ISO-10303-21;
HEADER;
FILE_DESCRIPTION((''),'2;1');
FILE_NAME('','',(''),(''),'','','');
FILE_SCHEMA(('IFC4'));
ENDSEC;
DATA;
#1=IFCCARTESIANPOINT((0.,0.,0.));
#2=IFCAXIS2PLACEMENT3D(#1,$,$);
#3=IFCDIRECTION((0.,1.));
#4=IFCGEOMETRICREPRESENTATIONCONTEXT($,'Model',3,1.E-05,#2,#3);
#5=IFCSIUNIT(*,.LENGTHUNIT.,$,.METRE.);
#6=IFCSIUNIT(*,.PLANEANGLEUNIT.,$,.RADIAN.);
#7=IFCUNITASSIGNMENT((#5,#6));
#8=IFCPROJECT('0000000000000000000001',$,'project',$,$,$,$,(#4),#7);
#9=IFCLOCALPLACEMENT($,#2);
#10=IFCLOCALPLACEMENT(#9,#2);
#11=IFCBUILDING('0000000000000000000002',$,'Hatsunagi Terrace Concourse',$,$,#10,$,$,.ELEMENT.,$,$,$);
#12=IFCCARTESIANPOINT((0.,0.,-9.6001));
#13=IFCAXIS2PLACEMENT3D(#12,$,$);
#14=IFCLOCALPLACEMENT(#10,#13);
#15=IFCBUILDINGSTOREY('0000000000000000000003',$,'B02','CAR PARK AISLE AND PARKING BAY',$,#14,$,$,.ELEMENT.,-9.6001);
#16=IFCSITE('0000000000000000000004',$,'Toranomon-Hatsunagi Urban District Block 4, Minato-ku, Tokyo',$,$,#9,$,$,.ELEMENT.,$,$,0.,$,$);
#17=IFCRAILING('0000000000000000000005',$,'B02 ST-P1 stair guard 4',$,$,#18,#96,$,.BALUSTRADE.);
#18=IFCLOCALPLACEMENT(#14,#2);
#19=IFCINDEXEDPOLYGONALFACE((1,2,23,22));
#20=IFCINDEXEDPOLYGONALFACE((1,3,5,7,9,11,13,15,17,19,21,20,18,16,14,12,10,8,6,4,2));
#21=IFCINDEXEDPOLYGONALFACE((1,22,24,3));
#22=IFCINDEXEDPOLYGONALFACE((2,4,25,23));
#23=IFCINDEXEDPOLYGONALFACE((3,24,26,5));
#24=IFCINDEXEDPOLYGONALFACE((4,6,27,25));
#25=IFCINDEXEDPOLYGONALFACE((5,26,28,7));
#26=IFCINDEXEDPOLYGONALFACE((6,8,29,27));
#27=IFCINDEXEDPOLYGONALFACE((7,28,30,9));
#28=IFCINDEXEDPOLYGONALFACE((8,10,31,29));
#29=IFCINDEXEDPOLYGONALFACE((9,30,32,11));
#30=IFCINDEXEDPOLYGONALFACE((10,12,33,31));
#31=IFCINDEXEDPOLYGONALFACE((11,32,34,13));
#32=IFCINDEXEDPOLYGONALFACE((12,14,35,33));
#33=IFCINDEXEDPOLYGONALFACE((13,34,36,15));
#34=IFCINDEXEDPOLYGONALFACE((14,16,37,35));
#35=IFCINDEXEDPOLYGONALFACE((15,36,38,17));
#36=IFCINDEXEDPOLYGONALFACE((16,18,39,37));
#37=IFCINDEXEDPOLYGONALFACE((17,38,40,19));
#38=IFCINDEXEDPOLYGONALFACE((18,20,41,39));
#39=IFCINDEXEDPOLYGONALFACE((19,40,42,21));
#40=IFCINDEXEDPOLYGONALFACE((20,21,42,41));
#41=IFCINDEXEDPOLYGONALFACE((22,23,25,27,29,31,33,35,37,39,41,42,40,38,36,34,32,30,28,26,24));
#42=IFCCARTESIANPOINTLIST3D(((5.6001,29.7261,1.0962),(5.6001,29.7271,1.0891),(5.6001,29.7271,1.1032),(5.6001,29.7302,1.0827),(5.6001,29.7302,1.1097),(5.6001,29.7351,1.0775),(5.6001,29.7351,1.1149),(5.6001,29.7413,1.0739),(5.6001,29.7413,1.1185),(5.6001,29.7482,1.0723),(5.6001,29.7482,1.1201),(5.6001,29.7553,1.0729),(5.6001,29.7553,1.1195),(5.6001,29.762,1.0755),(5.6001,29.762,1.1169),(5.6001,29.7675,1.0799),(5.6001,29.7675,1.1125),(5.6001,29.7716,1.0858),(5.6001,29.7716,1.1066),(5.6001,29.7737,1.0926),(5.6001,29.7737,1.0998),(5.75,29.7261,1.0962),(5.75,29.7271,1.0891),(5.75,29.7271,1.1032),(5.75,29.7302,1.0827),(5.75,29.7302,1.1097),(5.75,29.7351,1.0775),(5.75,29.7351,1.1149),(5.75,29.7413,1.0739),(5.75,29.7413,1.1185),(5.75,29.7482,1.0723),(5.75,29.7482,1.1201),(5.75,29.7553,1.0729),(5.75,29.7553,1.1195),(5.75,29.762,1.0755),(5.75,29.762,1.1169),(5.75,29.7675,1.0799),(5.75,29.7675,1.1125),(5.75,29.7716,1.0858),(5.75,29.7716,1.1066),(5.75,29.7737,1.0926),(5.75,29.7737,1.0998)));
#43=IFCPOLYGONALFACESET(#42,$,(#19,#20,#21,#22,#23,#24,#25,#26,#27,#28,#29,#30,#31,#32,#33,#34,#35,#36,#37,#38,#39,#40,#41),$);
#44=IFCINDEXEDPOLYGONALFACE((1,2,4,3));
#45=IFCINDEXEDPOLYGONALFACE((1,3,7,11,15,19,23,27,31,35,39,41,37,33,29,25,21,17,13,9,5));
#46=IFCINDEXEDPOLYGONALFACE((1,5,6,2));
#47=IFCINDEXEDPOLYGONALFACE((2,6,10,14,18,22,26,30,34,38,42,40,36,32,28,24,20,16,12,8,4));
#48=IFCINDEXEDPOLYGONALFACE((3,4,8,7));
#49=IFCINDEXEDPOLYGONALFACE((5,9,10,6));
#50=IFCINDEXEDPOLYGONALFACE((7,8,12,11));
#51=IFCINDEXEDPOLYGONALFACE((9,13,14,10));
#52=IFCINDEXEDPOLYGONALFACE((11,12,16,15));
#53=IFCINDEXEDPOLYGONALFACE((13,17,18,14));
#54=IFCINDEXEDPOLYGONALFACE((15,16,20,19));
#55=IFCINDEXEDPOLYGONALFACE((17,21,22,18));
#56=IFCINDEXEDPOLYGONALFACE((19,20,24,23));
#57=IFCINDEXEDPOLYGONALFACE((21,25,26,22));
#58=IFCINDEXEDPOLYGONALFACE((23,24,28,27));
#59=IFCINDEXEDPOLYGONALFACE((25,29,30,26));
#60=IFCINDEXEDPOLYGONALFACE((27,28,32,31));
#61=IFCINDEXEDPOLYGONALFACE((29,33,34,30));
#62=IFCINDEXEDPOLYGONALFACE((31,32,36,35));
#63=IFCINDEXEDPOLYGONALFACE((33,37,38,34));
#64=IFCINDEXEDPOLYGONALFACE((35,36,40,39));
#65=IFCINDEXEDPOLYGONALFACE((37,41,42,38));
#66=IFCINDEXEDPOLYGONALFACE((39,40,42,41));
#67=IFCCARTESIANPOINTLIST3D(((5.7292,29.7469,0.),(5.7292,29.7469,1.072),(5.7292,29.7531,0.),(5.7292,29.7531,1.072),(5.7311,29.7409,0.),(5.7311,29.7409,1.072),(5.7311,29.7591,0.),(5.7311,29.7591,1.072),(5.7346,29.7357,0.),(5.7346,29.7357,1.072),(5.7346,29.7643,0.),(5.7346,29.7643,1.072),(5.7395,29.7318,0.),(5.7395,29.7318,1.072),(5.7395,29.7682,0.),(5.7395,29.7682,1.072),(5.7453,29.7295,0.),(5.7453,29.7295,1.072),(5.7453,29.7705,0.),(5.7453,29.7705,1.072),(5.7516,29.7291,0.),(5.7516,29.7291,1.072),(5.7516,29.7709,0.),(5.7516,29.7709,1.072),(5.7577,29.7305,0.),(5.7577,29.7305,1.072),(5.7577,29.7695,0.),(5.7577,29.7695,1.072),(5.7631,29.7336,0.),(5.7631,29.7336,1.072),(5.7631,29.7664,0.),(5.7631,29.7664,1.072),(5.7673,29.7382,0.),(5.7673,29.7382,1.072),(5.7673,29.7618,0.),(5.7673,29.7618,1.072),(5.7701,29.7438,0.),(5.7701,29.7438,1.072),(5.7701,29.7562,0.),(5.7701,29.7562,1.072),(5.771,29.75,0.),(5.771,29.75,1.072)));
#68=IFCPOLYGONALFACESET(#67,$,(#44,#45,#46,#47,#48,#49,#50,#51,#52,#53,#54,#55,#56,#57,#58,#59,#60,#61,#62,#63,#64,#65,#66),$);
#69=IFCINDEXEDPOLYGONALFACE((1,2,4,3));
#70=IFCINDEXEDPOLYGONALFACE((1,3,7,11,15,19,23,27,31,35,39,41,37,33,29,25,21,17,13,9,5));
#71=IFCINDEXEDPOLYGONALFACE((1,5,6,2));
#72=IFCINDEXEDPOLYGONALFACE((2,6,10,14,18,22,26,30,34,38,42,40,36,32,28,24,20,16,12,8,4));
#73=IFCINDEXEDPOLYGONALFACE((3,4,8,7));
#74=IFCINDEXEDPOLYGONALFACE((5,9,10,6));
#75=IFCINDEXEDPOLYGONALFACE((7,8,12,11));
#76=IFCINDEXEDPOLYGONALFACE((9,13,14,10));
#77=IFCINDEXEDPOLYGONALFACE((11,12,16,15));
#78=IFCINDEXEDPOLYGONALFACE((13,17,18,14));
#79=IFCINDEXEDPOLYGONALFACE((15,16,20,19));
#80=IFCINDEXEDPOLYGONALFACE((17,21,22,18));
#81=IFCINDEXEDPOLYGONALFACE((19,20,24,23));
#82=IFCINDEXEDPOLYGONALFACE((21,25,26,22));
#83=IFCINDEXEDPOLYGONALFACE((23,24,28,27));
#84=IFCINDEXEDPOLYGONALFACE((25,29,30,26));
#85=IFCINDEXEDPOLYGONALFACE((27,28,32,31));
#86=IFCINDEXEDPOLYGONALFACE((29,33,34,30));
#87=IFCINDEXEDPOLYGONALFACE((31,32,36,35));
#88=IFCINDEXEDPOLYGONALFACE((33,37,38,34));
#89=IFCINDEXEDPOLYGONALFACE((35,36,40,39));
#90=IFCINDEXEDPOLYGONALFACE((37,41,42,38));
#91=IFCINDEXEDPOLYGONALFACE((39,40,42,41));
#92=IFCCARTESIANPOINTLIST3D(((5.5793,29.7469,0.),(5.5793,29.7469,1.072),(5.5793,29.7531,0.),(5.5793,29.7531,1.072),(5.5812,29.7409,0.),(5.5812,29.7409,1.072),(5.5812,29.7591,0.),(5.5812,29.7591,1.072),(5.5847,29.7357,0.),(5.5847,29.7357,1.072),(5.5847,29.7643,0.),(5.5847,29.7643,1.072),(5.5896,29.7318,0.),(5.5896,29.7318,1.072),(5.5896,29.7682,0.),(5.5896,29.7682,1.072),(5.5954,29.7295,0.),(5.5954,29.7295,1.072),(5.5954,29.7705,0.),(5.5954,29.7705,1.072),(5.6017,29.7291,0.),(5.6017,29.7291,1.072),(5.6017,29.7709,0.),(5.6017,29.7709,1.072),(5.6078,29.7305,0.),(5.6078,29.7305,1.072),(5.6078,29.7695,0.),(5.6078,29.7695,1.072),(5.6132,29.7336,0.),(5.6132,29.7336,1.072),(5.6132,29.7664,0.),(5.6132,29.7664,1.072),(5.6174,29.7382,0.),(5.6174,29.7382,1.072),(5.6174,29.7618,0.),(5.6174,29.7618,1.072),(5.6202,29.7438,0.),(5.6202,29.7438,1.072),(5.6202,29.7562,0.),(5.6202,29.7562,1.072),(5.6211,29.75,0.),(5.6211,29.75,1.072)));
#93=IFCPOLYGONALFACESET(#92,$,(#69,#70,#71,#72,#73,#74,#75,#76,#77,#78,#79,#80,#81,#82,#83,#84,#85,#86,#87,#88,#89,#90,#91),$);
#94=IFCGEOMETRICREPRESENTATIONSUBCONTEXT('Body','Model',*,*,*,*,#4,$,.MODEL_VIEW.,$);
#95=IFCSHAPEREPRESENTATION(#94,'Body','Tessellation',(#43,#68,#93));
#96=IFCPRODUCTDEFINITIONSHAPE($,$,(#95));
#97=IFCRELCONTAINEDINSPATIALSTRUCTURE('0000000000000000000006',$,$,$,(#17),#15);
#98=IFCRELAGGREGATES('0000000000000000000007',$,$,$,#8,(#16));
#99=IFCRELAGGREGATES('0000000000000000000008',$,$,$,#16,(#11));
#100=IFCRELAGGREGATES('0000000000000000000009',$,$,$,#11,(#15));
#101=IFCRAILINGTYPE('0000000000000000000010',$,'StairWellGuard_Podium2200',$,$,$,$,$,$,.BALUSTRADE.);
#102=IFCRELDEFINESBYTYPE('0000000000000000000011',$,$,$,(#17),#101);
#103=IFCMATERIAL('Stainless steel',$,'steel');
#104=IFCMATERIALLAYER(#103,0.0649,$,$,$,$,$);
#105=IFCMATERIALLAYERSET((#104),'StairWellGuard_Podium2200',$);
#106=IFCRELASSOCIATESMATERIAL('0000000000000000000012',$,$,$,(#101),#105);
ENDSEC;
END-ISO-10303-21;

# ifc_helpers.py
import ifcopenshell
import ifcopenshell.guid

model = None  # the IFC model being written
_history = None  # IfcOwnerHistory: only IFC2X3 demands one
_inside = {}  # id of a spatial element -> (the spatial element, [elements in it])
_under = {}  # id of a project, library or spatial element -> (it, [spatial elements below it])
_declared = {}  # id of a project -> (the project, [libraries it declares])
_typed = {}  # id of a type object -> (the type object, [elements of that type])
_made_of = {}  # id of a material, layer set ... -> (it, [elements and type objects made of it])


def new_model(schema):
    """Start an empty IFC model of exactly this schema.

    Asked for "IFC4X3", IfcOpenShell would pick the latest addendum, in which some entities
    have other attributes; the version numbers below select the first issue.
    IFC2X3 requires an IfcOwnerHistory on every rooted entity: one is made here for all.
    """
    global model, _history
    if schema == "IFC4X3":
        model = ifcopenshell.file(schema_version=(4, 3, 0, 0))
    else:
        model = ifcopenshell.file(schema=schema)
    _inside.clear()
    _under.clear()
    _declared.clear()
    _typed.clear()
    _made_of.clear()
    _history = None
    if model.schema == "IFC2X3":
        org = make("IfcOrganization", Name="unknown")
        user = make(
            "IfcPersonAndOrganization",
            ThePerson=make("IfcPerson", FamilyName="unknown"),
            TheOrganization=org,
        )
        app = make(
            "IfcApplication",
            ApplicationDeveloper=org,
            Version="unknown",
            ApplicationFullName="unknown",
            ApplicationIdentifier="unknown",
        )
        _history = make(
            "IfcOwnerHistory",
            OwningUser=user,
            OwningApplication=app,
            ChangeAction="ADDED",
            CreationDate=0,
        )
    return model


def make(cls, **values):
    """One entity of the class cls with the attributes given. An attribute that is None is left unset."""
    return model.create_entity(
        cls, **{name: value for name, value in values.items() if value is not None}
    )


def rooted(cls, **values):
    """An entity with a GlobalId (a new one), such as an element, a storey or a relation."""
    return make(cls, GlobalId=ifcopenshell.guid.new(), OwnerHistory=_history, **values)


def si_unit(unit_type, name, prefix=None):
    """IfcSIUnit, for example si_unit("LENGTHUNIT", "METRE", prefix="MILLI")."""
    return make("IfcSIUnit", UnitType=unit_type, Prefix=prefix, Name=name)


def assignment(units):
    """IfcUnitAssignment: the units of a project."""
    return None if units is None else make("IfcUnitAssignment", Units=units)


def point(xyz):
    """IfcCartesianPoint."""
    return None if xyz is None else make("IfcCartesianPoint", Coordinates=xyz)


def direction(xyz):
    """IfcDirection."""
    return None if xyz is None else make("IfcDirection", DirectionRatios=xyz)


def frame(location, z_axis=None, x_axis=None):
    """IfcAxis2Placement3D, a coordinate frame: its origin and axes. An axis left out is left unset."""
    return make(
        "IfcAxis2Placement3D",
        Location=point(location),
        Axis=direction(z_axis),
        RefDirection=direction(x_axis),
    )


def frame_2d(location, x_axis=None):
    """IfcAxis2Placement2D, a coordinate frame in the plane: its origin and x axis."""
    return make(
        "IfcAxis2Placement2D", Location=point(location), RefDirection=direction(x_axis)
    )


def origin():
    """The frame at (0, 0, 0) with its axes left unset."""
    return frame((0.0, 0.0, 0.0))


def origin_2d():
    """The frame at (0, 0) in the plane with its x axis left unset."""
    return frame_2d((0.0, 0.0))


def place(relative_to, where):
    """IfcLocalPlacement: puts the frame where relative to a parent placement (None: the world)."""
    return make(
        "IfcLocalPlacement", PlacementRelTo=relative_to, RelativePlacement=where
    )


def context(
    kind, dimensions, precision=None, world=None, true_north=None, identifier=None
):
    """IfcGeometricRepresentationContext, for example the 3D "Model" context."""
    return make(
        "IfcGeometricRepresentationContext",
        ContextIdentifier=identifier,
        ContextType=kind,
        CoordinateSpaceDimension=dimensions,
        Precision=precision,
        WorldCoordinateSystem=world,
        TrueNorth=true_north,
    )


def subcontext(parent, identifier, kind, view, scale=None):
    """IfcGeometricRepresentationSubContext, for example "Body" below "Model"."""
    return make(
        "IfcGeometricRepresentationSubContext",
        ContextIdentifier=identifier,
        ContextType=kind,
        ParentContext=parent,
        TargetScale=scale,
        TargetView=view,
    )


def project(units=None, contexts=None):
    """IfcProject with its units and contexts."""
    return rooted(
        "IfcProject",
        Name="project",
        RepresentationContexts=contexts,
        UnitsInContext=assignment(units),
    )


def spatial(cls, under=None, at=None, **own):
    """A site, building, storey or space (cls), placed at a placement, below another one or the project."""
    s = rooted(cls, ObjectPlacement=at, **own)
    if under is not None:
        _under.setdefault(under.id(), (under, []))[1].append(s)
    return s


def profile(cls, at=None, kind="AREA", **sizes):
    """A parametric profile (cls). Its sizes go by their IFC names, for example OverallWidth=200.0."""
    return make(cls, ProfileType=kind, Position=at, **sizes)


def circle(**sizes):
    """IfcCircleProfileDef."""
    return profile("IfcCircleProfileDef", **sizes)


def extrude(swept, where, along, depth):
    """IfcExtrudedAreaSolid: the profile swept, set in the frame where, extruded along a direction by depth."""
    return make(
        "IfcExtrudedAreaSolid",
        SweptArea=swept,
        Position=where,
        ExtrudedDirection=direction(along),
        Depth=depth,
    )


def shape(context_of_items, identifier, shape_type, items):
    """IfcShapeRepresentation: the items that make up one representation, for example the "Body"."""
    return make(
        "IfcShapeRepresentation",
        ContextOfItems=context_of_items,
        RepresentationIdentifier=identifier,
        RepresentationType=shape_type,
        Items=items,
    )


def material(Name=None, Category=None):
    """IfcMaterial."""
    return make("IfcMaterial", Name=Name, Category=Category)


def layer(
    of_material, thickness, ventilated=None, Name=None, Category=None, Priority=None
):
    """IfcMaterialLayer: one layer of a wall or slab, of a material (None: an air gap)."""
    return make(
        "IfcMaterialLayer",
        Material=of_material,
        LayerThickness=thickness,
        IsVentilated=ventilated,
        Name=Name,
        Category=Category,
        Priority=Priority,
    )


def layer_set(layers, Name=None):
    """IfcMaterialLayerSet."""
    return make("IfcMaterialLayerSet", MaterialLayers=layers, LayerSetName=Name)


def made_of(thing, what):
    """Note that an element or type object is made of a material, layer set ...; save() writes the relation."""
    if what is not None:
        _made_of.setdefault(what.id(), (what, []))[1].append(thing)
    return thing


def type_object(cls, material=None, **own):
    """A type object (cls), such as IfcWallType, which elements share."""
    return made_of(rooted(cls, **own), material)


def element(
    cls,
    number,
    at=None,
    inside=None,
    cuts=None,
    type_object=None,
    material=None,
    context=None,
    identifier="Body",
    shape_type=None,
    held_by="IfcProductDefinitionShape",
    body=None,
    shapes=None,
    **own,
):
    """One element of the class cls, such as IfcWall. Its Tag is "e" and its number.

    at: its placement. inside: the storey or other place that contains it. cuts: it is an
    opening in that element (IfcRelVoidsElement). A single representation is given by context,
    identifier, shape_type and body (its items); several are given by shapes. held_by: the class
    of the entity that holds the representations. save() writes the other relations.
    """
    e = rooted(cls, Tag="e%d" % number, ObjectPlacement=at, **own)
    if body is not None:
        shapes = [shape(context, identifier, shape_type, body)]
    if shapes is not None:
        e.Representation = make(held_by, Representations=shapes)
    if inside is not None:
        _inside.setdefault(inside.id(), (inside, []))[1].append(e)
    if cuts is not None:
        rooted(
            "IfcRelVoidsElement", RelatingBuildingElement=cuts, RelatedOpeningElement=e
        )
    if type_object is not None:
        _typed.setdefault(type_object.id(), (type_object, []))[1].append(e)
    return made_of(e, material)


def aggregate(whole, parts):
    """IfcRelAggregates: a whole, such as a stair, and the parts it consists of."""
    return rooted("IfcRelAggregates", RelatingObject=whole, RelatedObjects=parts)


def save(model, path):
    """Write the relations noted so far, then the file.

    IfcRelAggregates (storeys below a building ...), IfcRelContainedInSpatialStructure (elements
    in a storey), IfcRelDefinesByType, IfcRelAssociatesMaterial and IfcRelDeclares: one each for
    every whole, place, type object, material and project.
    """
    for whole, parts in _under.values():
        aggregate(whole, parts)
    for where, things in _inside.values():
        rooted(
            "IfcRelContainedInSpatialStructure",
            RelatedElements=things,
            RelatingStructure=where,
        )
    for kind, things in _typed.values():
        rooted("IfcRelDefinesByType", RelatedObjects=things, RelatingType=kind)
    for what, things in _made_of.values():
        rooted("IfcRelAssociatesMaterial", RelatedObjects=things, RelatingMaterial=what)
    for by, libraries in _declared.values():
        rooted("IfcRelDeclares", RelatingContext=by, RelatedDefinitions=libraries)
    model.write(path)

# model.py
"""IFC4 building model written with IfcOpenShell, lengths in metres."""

from ifc_helpers import new_model, si_unit, direction, frame, origin, origin_2d, place, context, subcontext, project, spatial, circle, extrude, material, layer, layer_set, type_object, element, save


model = new_model("IFC4")

# Units and contexts
model_context = context("Model", 3, precision=1e-05, world=origin(), true_north=direction((0.0, 1.0)))
body_context = subcontext(model_context, "Body", "Model", "MODEL_VIEW")
ifc_project = project(units=[si_unit("LENGTHUNIT", "METRE"), si_unit("PLANEANGLEUNIT", "RADIAN")], contexts=[model_context])

# Site, building, storey
site_placement = place(None, origin())
site = spatial("IfcSite", under=ifc_project, at=site_placement, Name="Toranomon-Hatsunagi Urban District Block 4, Minato-ku, Tokyo", CompositionType="ELEMENT", RefElevation=0.0)
building_placement = place(site_placement, origin())
building = spatial("IfcBuilding", under=site, at=building_placement, Name="Hatsunagi Terrace Concourse", CompositionType="ELEMENT")
storey_placement = place(building_placement, frame((0.0, 0.0, -9.6001)))
storey = spatial("IfcBuildingStorey", under=building, at=storey_placement, Name="B02", Description="CAR PARK AISLE AND PARKING BAY", CompositionType="ELEMENT", Elevation=-9.6001)

# Railing
ifc_material_1 = material(Name="Stainless steel", Category="steel")
ifc_layer_1 = layer(ifc_material_1, 0.0649)
ifc_layer_set_1 = layer_set([ifc_layer_1], Name="StairWellGuard_Podium2200")
railing_type_1 = type_object("IfcRailingType", Name="StairWellGuard_Podium2200", PredefinedType="BALUSTRADE", material=ifc_layer_set_1)
railing_1_placement = place(storey_placement, frame((5.75, 29.75, 0.0)))
element("IfcRailing", 1, at=railing_1_placement, inside=storey, type_object=railing_type_1, Name="B02 ST-P1 stair guard 4", PredefinedType="BALUSTRADE", context=body_context, shape_type="SweptSolid", body=[
    extrude(circle(Radius=0.0239, at=origin_2d()), frame((0.0, 0.0, 1.0962), z_axis=(-1.0, 0.0, 0.0), x_axis=(0.0, -1.0, 0.0)), (0.0, 0.0, 1.0), 0.1499),
    extrude(circle(Radius=0.021, at=origin_2d()), origin(), (0.0, 0.0, 1.0), 1.072),
    extrude(circle(Radius=0.021, at=origin_2d()), frame((-0.1499, 0.0, 0.0)), (0.0, 0.0, 1.0), 1.072),
])

save(model, "model.ifc")
